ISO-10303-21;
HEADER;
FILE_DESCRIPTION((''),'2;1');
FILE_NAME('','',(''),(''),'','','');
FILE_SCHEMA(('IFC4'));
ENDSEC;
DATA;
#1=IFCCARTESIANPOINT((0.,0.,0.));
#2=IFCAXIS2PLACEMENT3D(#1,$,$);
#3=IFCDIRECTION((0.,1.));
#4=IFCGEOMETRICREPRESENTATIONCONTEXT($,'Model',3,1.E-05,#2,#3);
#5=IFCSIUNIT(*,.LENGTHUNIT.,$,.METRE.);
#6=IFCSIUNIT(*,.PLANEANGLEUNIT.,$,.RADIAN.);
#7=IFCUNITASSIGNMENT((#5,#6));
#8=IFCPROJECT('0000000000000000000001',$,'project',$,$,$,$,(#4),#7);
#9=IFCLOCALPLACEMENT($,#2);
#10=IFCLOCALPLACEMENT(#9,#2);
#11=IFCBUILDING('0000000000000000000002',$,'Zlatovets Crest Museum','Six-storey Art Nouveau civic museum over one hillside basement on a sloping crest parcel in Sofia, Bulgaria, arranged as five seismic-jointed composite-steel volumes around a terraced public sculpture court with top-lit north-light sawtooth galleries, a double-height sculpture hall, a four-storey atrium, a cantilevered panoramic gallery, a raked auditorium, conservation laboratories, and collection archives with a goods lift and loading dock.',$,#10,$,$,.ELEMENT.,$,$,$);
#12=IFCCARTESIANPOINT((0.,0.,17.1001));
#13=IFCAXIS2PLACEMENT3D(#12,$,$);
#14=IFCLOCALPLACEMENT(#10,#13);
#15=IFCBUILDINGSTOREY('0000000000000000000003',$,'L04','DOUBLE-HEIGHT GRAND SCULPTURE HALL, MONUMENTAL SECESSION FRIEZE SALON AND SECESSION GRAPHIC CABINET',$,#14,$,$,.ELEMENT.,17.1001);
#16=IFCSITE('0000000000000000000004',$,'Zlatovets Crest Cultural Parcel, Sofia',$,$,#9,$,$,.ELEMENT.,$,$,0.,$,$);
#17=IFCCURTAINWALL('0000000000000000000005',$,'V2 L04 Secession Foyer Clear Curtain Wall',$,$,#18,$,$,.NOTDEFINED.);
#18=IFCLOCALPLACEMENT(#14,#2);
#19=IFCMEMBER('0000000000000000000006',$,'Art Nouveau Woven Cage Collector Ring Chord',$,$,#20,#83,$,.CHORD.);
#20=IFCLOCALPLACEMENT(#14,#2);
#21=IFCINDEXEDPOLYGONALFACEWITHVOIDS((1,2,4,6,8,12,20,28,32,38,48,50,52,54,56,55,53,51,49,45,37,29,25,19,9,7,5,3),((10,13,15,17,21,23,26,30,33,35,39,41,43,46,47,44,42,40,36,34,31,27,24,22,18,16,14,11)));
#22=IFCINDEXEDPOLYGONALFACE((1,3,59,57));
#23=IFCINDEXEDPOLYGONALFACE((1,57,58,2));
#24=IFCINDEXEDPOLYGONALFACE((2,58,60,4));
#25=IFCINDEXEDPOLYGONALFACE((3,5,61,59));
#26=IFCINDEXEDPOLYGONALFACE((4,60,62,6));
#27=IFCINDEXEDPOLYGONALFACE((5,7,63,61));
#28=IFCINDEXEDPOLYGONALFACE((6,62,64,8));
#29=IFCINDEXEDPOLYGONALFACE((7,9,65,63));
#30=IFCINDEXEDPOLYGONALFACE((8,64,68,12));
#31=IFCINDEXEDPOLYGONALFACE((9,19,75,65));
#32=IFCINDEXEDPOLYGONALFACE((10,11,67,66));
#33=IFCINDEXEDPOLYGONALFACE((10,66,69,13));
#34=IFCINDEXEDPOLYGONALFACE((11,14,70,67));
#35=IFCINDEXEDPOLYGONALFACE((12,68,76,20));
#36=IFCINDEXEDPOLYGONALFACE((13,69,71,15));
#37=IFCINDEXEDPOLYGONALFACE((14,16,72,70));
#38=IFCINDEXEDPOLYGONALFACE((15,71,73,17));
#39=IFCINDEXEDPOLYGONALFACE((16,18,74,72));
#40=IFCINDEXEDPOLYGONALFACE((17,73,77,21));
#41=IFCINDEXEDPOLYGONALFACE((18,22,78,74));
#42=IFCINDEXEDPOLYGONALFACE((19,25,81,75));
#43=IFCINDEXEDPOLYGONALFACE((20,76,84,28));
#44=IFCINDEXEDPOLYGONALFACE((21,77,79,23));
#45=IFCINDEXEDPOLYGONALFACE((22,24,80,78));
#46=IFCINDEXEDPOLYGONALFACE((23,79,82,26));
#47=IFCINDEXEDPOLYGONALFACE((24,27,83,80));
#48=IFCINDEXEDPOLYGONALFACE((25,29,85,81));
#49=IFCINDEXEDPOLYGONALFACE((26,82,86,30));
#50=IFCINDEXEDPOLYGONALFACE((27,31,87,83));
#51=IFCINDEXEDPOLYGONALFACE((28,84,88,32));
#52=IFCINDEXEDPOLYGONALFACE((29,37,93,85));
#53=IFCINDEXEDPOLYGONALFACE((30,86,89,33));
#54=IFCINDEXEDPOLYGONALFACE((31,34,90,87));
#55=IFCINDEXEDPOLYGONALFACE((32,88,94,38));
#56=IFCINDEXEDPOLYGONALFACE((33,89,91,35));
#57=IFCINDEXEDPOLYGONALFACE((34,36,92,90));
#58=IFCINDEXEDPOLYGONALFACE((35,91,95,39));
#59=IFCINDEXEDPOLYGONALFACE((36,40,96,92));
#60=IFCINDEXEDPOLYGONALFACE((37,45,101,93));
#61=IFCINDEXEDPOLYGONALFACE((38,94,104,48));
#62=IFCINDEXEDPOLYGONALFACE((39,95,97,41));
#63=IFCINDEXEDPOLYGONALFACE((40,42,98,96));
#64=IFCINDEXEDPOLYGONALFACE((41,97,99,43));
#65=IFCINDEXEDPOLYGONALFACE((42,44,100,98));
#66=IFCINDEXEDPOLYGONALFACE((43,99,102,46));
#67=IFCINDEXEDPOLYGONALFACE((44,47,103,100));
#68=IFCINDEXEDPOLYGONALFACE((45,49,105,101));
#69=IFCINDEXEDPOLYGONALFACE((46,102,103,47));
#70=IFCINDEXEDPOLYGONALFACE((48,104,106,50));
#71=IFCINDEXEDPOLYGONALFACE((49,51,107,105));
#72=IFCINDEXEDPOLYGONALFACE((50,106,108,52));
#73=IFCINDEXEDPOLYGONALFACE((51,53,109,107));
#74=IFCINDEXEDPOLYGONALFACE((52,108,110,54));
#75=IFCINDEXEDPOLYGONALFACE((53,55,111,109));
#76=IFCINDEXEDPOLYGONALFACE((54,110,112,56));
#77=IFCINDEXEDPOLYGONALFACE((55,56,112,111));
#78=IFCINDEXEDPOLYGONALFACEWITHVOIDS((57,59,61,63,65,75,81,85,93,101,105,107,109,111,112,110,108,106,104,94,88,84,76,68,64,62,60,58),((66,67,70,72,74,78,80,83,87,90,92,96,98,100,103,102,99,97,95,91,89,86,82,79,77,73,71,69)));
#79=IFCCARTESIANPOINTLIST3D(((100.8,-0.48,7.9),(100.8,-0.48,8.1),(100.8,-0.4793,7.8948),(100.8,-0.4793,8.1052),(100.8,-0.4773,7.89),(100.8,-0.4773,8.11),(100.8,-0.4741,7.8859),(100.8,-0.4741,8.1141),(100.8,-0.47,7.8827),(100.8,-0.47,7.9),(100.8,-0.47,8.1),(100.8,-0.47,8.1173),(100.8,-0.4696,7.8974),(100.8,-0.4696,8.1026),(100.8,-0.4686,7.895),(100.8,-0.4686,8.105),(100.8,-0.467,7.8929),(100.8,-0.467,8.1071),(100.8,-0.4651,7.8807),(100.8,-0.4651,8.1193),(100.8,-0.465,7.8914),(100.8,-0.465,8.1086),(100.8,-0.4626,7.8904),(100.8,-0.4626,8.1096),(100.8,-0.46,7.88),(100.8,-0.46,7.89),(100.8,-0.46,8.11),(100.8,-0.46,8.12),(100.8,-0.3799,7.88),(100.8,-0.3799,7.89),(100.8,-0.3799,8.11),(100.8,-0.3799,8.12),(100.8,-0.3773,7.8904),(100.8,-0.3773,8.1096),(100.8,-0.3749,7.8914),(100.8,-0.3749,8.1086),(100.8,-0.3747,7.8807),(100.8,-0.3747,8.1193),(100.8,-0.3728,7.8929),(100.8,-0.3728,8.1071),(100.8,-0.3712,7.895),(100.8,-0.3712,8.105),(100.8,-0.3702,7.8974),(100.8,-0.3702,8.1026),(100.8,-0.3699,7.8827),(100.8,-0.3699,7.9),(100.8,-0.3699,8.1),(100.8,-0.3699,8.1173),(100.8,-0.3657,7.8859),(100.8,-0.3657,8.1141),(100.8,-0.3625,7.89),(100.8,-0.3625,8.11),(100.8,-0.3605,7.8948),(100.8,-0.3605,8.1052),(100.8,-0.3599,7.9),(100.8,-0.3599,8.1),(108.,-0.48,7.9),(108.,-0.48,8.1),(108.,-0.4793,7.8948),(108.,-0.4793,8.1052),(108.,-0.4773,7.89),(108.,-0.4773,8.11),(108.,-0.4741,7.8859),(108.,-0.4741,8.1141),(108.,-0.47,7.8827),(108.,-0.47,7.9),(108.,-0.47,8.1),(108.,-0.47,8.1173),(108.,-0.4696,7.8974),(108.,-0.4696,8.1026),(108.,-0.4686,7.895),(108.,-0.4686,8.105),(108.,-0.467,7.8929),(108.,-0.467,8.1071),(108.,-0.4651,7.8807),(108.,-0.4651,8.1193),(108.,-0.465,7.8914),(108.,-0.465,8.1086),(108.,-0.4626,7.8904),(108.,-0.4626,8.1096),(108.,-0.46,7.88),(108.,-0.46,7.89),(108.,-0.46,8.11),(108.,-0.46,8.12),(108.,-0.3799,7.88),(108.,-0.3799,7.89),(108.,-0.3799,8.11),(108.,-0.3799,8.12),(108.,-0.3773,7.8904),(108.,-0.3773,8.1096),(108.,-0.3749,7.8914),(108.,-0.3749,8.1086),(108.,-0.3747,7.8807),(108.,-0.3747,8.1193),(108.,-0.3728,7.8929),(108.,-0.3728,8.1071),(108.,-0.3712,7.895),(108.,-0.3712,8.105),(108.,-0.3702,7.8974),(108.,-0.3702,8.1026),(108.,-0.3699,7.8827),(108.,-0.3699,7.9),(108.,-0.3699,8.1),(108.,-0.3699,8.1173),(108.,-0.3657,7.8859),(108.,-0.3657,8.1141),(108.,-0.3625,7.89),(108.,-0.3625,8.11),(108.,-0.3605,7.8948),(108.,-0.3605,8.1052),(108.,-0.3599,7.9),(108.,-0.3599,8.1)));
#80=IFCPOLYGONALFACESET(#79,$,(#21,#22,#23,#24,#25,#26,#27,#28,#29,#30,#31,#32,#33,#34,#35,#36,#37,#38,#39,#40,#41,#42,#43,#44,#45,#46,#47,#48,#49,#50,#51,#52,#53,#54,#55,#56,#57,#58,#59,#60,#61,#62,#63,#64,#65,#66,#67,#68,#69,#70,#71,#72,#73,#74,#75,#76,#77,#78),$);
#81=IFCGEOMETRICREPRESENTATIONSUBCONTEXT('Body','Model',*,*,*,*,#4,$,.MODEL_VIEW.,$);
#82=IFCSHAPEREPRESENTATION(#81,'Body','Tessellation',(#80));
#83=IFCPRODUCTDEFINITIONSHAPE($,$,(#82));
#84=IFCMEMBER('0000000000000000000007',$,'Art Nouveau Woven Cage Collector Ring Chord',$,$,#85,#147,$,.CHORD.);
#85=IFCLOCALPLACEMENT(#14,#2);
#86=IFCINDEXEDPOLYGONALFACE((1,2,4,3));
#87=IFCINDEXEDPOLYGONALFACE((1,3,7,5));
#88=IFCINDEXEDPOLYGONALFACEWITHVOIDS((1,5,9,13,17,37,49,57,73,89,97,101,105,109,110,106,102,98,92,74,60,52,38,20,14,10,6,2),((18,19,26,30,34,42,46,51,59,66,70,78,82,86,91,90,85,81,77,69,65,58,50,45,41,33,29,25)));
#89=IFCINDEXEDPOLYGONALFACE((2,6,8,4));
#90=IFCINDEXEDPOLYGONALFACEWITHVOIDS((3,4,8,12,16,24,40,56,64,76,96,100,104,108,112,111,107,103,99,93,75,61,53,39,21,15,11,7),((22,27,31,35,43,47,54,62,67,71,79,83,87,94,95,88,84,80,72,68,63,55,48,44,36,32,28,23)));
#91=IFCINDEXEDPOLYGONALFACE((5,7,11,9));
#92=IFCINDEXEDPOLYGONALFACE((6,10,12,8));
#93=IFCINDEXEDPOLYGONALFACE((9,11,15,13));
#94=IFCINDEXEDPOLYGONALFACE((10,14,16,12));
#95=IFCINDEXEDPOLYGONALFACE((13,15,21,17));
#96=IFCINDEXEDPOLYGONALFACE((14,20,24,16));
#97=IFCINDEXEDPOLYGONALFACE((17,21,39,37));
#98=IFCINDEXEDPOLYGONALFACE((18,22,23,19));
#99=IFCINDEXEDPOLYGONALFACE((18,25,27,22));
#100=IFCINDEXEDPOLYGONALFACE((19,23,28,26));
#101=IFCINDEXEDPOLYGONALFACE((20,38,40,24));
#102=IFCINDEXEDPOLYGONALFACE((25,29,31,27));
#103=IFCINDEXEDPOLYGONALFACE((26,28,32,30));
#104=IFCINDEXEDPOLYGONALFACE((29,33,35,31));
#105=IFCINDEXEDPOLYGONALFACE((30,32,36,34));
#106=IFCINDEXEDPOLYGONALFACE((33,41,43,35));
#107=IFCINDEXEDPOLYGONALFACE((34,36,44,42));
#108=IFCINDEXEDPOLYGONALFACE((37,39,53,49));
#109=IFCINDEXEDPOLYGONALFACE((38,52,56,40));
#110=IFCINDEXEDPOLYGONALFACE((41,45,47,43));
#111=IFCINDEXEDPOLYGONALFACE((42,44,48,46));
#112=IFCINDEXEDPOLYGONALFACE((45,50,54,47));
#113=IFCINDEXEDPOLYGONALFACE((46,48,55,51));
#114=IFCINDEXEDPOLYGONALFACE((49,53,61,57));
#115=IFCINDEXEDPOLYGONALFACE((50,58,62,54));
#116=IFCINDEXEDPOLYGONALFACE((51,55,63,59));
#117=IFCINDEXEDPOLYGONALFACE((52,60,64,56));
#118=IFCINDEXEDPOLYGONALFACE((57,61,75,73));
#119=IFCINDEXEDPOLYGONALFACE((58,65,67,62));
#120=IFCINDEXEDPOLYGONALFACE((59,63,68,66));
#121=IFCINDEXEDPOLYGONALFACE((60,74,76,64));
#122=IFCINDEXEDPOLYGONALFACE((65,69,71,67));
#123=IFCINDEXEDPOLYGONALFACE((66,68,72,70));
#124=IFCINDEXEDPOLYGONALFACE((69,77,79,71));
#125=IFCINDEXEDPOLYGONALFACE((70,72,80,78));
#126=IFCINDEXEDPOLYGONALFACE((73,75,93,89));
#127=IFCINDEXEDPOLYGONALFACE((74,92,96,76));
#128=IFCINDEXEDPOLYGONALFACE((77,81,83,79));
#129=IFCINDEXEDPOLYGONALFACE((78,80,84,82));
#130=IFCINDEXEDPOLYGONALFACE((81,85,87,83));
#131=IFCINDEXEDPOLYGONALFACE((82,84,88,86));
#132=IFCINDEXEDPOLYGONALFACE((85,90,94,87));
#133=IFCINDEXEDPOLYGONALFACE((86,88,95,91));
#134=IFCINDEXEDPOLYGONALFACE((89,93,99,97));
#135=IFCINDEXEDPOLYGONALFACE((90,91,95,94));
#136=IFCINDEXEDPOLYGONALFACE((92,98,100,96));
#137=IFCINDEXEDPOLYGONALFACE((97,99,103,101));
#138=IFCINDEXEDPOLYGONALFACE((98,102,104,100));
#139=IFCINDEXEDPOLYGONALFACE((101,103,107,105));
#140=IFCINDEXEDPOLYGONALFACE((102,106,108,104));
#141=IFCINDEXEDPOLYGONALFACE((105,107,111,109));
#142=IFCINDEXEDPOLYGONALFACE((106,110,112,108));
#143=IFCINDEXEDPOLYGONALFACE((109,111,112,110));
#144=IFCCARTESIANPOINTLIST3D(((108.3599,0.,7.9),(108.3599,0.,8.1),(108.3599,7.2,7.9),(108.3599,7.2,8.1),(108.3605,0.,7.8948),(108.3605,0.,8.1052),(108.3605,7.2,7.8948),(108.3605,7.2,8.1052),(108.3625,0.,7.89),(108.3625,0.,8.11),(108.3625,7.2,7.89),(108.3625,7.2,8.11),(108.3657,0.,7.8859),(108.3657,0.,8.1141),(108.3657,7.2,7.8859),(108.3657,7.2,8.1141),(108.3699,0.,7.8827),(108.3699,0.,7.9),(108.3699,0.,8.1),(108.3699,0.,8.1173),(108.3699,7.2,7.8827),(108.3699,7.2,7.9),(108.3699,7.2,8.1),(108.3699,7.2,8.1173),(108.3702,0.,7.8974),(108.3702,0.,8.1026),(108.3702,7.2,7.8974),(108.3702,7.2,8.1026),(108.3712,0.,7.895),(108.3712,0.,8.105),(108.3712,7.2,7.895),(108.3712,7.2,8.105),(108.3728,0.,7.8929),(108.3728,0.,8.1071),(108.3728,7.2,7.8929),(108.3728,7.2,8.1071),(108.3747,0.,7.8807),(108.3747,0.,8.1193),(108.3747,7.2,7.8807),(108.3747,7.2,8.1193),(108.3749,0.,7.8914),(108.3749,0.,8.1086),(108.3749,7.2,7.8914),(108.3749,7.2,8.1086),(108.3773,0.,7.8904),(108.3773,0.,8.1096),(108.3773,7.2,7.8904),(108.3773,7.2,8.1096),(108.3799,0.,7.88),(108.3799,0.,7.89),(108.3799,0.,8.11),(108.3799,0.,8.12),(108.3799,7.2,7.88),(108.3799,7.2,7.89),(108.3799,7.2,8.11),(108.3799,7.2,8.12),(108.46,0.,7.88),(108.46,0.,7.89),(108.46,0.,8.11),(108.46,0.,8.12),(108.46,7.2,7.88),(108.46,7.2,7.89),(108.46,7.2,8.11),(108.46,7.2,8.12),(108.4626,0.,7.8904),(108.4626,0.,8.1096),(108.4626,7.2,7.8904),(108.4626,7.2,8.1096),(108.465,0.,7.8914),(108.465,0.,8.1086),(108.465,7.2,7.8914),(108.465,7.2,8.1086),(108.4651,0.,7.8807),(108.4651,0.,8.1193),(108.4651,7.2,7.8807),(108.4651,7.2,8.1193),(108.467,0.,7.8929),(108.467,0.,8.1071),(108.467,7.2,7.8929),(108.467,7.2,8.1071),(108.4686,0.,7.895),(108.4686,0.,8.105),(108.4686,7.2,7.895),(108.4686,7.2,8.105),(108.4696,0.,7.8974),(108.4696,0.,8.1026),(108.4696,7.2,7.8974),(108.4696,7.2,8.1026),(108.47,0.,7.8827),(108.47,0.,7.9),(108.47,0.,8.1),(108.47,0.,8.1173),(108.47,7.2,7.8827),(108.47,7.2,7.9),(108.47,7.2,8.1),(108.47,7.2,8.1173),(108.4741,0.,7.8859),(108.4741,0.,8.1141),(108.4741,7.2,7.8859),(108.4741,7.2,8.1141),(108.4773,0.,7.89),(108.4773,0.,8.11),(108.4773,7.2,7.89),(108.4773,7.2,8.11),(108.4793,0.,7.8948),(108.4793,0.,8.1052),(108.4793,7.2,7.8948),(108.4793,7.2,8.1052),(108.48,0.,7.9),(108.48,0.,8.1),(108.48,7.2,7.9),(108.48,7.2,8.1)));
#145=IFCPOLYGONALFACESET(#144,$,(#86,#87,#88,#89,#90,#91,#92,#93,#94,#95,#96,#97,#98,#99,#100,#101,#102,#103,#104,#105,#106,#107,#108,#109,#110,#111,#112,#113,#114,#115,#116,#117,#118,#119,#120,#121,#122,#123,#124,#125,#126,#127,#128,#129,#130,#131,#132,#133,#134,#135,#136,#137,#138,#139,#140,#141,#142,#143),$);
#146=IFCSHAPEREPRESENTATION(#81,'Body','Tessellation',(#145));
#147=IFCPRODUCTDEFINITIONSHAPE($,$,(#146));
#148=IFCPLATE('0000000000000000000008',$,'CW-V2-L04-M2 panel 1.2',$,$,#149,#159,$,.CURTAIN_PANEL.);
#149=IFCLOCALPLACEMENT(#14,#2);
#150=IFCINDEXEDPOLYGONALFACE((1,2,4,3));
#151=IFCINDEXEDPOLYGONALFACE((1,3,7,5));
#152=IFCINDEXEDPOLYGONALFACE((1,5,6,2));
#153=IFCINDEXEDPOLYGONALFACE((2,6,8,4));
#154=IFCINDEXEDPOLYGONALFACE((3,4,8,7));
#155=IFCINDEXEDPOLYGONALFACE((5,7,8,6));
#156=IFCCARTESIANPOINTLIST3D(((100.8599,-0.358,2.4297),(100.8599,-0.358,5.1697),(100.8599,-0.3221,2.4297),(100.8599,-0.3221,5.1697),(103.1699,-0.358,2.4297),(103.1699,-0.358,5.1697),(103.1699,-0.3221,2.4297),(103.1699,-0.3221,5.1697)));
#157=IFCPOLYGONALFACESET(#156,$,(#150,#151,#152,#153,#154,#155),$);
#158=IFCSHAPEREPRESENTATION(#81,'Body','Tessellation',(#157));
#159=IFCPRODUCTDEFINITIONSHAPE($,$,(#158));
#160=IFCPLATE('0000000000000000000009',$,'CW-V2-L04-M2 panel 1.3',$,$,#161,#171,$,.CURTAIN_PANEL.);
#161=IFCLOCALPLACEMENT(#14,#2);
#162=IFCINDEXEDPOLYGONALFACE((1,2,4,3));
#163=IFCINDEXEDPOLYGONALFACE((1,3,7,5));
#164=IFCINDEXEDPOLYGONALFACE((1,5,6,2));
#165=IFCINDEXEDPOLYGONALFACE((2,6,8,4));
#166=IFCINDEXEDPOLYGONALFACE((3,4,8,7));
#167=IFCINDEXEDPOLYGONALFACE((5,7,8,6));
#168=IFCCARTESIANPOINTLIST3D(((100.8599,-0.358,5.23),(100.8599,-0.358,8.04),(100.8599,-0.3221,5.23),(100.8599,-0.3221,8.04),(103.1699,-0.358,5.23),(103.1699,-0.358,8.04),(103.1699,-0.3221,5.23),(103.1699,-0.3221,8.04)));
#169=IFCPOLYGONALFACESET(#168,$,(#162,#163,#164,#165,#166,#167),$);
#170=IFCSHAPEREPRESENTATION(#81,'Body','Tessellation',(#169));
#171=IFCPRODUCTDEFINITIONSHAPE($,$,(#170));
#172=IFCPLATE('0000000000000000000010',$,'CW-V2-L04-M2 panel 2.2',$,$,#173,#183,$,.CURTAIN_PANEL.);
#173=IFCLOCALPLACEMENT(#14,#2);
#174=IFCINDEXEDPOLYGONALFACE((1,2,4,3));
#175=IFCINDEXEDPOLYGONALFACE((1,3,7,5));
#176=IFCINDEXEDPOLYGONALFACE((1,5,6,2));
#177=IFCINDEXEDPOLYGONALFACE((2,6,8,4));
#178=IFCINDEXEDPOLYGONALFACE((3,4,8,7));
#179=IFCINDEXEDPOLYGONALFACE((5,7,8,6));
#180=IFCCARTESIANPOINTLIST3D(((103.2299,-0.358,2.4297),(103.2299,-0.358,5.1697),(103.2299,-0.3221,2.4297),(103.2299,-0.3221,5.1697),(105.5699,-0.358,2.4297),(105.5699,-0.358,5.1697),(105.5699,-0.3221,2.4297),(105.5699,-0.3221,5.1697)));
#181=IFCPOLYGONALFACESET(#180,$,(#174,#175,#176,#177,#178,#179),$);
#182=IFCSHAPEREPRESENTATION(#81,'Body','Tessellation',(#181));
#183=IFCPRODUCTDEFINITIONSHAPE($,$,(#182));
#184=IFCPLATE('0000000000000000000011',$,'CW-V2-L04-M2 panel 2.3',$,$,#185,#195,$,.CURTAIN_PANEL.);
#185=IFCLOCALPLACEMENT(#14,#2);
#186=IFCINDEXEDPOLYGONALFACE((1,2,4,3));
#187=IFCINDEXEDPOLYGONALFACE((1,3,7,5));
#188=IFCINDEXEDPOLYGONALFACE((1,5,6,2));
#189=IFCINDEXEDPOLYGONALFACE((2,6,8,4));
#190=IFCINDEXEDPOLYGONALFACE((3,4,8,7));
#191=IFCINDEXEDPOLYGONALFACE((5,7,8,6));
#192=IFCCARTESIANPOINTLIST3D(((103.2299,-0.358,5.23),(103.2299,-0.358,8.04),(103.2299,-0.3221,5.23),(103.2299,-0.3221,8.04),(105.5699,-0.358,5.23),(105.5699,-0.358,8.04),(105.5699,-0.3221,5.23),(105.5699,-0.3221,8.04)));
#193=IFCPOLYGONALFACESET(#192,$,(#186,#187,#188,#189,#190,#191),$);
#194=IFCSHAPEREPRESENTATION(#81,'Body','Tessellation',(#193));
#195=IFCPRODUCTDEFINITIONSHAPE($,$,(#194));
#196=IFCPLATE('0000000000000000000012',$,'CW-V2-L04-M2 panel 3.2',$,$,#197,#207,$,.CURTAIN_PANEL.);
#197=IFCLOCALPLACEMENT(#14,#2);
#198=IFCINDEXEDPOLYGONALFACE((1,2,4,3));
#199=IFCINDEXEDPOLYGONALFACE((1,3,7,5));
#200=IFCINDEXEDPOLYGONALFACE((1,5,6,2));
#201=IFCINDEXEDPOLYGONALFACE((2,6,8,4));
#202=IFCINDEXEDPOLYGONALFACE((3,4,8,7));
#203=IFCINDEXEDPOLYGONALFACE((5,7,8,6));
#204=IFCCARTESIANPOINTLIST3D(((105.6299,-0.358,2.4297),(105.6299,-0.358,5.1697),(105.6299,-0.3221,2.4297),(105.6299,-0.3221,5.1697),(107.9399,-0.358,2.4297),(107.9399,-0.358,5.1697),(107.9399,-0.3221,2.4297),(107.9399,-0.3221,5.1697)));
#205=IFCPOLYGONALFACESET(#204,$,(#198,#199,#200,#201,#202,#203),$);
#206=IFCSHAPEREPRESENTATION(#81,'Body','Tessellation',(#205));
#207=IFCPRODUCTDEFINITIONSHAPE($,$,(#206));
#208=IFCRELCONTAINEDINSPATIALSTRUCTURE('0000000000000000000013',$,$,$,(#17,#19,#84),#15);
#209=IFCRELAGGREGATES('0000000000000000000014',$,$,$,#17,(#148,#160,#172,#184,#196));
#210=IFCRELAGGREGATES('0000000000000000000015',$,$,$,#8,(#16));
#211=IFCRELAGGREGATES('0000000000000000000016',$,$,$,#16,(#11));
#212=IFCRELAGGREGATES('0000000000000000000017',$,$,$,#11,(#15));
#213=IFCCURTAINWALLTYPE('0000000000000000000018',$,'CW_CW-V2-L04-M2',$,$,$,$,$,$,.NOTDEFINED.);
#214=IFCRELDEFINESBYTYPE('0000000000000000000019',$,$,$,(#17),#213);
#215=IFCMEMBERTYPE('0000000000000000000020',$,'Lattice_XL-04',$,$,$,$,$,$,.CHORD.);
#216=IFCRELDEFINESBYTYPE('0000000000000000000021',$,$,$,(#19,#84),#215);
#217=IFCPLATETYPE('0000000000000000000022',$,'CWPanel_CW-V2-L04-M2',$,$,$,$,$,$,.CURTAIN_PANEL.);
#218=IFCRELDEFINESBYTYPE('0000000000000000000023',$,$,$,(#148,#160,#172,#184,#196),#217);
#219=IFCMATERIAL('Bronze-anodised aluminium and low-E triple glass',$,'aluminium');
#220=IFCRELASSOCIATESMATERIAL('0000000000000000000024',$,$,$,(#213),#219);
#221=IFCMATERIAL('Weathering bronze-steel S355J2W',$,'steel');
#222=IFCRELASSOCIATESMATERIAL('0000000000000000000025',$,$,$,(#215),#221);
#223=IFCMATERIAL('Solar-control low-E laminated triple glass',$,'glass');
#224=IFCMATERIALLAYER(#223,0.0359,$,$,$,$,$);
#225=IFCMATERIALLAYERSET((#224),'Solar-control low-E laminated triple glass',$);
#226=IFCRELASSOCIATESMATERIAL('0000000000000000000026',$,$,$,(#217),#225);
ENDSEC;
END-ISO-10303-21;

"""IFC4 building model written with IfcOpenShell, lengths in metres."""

from ifc_helpers import new_model, si_unit, direction, frame, origin, origin_2d, place, context, subcontext, project, spatial, rectangle, hollow_rectangle, extrude, material, layer, layer_set, material_profile, profile_set, type_object, element, aggregate, save


model = new_model("IFC4")

# Units and contexts
model_context = context("Model", 3, precision=1e-05, world=origin(), true_north=direction((0.0, 1.0)))
body_context = subcontext(model_context, "Body", "Model", "MODEL_VIEW")
ifc_project = project(units=[si_unit("LENGTHUNIT", "METRE"), si_unit("PLANEANGLEUNIT", "RADIAN")], contexts=[model_context])

# Site, building, storey
site_placement = place(None, origin())
site = spatial("IfcSite", under=ifc_project, at=site_placement, Name="Zlatovets Crest Cultural Parcel, Sofia", CompositionType="ELEMENT", RefElevation=0.0)
building_placement = place(site_placement, origin())
building = spatial("IfcBuilding", under=site, at=building_placement, Name="Zlatovets Crest Museum", Description="Six-storey Art Nouveau civic museum over one hillside basement on a sloping crest parcel in Sofia, Bulgaria, arranged as five seismic-jointed composite-steel volumes around a terraced public sculpture court with top-lit north-light sawtooth galleries, a double-height sculpture hall, a four-storey atrium, a cantilevered panoramic gallery, a raked auditorium, conservation laboratories, and collection archives with a goods lift and loading dock.", CompositionType="ELEMENT")
storey_placement = place(building_placement, frame((0.0, 0.0, 17.1001)))
storey = spatial("IfcBuildingStorey", under=building, at=storey_placement, Name="L04", Description="DOUBLE-HEIGHT GRAND SCULPTURE HALL, MONUMENTAL SECESSION FRIEZE SALON AND SECESSION GRAPHIC CABINET", CompositionType="ELEMENT", Elevation=17.1001)

# Curtain wall
ifc_material_1 = material(Name="Bronze-anodised aluminium and low-E triple glass", Category="aluminium")
curtain_wall_type = type_object("IfcCurtainWallType", Name="CW_CW-V2-L04-M2", PredefinedType="NOTDEFINED", material=ifc_material_1)
curtain_wall_placement = place(storey_placement, origin())
curtain_wall = element("IfcCurtainWall", 1, at=curtain_wall_placement, inside=storey, type_object=curtain_wall_type, Name="V2 L04 Secession Foyer Clear Curtain Wall", PredefinedType="NOTDEFINED")

# Members
ifc_material_2 = material(Name="Weathering bronze-steel S355J2W", Category="steel")
ifc_material_profile_1 = material_profile(ifc_material_2, hollow_rectangle(XDim=0.1201, YDim=0.24, WallThickness=0.01, InnerFilletRadius=0.01, OuterFilletRadius=0.02, at=origin_2d()), Name="RHS 120x240x10.0")
ifc_profile_set_1 = profile_set([ifc_material_profile_1], Name="Weathering bronze-steel S355J2W")
member_type_1 = type_object("IfcMemberType", Name="Lattice_XL-04", PredefinedType="CHORD", material=ifc_profile_set_1)
for number, where, z_axis, x_axis, name in (
    (2, (100.8, -0.4199, 8.0), (1.0, 0.0, 0.0), (0.0, 1.0, 0.0), "Art Nouveau Woven Cage Collector Ring Chord"),
    (3, (108.4199, 0.0, 8.0), (0.0, 1.0, 0.0), (-1.0, 0.0, 0.0), "Art Nouveau Woven Cage Collector Ring Chord"),
):
    element("IfcMember", number, at=place(storey_placement, frame(where, z_axis=z_axis, x_axis=x_axis)), inside=storey, type_object=member_type_1, Name=name, PredefinedType="CHORD", context=body_context, shape_type="SweptSolid", body=[
        extrude(hollow_rectangle(XDim=0.1201, YDim=0.24, WallThickness=0.01, InnerFilletRadius=0.01, OuterFilletRadius=0.02, at=origin_2d()), origin(), (0.0, 0.0, 1.0), 7.2),
    ])

# Plates
ifc_material_3 = material(Name="Solar-control low-E laminated triple glass", Category="glass")
ifc_layer_1 = layer(ifc_material_3, 0.0359)
ifc_layer_set_1 = layer_set([ifc_layer_1], Name="Solar-control low-E laminated triple glass")
plate_type_1 = type_object("IfcPlateType", Name="CWPanel_CW-V2-L04-M2", PredefinedType="CURTAIN_PANEL", material=ifc_layer_set_1)
plate_1_placement = place(storey_placement, frame((102.0149, -0.3401, 2.4297), z_axis=(0.0, 0.0, 1.0), x_axis=(1.0, 0.0, 0.0)))
plate_1 = element("IfcPlate", 4, at=plate_1_placement, type_object=plate_type_1, Name="CW-V2-L04-M2 panel 1.2", PredefinedType="CURTAIN_PANEL", context=body_context, shape_type="SweptSolid", body=[
    extrude(rectangle(XDim=2.3101, YDim=0.0359, at=origin_2d()), origin(), (0.0, 0.0, 1.0), 2.74),
])
plate_2_placement = place(storey_placement, frame((102.0149, -0.3401, 5.23), z_axis=(0.0, 0.0, 1.0), x_axis=(1.0, 0.0, 0.0)))
plate_2 = element("IfcPlate", 5, at=plate_2_placement, type_object=plate_type_1, Name="CW-V2-L04-M2 panel 1.3", PredefinedType="CURTAIN_PANEL", context=body_context, shape_type="SweptSolid", body=[
    extrude(rectangle(XDim=2.3101, YDim=0.0359, at=origin_2d()), origin(), (0.0, 0.0, 1.0), 2.8101),
])
plate_3_placement = place(storey_placement, frame((104.3999, -0.3401, 2.4297), z_axis=(0.0, 0.0, 1.0), x_axis=(1.0, 0.0, 0.0)))
plate_3 = element("IfcPlate", 6, at=plate_3_placement, type_object=plate_type_1, Name="CW-V2-L04-M2 panel 2.2", PredefinedType="CURTAIN_PANEL", context=body_context, shape_type="SweptSolid", body=[
    extrude(rectangle(XDim=2.3401, YDim=0.0359, at=origin_2d()), origin(), (0.0, 0.0, 1.0), 2.74),
])
plate_4_placement = place(storey_placement, frame((104.3999, -0.3401, 5.23), z_axis=(0.0, 0.0, 1.0), x_axis=(1.0, 0.0, 0.0)))
plate_4 = element("IfcPlate", 7, at=plate_4_placement, type_object=plate_type_1, Name="CW-V2-L04-M2 panel 2.3", PredefinedType="CURTAIN_PANEL", context=body_context, shape_type="SweptSolid", body=[
    extrude(rectangle(XDim=2.3401, YDim=0.0359, at=origin_2d()), origin(), (0.0, 0.0, 1.0), 2.8101),
])
plate_5_placement = place(storey_placement, frame((106.7849, -0.3401, 2.4297), z_axis=(0.0, 0.0, 1.0), x_axis=(1.0, 0.0, 0.0)))
plate_5 = element("IfcPlate", 8, at=plate_5_placement, type_object=plate_type_1, Name="CW-V2-L04-M2 panel 3.2", PredefinedType="CURTAIN_PANEL", context=body_context, shape_type="SweptSolid", body=[
    extrude(rectangle(XDim=2.3101, YDim=0.0359, at=origin_2d()), origin(), (0.0, 0.0, 1.0), 2.74),
])
aggregate(curtain_wall, [plate_1, plate_2, plate_3, plate_4, plate_5])

save(model, "model.ifc")
